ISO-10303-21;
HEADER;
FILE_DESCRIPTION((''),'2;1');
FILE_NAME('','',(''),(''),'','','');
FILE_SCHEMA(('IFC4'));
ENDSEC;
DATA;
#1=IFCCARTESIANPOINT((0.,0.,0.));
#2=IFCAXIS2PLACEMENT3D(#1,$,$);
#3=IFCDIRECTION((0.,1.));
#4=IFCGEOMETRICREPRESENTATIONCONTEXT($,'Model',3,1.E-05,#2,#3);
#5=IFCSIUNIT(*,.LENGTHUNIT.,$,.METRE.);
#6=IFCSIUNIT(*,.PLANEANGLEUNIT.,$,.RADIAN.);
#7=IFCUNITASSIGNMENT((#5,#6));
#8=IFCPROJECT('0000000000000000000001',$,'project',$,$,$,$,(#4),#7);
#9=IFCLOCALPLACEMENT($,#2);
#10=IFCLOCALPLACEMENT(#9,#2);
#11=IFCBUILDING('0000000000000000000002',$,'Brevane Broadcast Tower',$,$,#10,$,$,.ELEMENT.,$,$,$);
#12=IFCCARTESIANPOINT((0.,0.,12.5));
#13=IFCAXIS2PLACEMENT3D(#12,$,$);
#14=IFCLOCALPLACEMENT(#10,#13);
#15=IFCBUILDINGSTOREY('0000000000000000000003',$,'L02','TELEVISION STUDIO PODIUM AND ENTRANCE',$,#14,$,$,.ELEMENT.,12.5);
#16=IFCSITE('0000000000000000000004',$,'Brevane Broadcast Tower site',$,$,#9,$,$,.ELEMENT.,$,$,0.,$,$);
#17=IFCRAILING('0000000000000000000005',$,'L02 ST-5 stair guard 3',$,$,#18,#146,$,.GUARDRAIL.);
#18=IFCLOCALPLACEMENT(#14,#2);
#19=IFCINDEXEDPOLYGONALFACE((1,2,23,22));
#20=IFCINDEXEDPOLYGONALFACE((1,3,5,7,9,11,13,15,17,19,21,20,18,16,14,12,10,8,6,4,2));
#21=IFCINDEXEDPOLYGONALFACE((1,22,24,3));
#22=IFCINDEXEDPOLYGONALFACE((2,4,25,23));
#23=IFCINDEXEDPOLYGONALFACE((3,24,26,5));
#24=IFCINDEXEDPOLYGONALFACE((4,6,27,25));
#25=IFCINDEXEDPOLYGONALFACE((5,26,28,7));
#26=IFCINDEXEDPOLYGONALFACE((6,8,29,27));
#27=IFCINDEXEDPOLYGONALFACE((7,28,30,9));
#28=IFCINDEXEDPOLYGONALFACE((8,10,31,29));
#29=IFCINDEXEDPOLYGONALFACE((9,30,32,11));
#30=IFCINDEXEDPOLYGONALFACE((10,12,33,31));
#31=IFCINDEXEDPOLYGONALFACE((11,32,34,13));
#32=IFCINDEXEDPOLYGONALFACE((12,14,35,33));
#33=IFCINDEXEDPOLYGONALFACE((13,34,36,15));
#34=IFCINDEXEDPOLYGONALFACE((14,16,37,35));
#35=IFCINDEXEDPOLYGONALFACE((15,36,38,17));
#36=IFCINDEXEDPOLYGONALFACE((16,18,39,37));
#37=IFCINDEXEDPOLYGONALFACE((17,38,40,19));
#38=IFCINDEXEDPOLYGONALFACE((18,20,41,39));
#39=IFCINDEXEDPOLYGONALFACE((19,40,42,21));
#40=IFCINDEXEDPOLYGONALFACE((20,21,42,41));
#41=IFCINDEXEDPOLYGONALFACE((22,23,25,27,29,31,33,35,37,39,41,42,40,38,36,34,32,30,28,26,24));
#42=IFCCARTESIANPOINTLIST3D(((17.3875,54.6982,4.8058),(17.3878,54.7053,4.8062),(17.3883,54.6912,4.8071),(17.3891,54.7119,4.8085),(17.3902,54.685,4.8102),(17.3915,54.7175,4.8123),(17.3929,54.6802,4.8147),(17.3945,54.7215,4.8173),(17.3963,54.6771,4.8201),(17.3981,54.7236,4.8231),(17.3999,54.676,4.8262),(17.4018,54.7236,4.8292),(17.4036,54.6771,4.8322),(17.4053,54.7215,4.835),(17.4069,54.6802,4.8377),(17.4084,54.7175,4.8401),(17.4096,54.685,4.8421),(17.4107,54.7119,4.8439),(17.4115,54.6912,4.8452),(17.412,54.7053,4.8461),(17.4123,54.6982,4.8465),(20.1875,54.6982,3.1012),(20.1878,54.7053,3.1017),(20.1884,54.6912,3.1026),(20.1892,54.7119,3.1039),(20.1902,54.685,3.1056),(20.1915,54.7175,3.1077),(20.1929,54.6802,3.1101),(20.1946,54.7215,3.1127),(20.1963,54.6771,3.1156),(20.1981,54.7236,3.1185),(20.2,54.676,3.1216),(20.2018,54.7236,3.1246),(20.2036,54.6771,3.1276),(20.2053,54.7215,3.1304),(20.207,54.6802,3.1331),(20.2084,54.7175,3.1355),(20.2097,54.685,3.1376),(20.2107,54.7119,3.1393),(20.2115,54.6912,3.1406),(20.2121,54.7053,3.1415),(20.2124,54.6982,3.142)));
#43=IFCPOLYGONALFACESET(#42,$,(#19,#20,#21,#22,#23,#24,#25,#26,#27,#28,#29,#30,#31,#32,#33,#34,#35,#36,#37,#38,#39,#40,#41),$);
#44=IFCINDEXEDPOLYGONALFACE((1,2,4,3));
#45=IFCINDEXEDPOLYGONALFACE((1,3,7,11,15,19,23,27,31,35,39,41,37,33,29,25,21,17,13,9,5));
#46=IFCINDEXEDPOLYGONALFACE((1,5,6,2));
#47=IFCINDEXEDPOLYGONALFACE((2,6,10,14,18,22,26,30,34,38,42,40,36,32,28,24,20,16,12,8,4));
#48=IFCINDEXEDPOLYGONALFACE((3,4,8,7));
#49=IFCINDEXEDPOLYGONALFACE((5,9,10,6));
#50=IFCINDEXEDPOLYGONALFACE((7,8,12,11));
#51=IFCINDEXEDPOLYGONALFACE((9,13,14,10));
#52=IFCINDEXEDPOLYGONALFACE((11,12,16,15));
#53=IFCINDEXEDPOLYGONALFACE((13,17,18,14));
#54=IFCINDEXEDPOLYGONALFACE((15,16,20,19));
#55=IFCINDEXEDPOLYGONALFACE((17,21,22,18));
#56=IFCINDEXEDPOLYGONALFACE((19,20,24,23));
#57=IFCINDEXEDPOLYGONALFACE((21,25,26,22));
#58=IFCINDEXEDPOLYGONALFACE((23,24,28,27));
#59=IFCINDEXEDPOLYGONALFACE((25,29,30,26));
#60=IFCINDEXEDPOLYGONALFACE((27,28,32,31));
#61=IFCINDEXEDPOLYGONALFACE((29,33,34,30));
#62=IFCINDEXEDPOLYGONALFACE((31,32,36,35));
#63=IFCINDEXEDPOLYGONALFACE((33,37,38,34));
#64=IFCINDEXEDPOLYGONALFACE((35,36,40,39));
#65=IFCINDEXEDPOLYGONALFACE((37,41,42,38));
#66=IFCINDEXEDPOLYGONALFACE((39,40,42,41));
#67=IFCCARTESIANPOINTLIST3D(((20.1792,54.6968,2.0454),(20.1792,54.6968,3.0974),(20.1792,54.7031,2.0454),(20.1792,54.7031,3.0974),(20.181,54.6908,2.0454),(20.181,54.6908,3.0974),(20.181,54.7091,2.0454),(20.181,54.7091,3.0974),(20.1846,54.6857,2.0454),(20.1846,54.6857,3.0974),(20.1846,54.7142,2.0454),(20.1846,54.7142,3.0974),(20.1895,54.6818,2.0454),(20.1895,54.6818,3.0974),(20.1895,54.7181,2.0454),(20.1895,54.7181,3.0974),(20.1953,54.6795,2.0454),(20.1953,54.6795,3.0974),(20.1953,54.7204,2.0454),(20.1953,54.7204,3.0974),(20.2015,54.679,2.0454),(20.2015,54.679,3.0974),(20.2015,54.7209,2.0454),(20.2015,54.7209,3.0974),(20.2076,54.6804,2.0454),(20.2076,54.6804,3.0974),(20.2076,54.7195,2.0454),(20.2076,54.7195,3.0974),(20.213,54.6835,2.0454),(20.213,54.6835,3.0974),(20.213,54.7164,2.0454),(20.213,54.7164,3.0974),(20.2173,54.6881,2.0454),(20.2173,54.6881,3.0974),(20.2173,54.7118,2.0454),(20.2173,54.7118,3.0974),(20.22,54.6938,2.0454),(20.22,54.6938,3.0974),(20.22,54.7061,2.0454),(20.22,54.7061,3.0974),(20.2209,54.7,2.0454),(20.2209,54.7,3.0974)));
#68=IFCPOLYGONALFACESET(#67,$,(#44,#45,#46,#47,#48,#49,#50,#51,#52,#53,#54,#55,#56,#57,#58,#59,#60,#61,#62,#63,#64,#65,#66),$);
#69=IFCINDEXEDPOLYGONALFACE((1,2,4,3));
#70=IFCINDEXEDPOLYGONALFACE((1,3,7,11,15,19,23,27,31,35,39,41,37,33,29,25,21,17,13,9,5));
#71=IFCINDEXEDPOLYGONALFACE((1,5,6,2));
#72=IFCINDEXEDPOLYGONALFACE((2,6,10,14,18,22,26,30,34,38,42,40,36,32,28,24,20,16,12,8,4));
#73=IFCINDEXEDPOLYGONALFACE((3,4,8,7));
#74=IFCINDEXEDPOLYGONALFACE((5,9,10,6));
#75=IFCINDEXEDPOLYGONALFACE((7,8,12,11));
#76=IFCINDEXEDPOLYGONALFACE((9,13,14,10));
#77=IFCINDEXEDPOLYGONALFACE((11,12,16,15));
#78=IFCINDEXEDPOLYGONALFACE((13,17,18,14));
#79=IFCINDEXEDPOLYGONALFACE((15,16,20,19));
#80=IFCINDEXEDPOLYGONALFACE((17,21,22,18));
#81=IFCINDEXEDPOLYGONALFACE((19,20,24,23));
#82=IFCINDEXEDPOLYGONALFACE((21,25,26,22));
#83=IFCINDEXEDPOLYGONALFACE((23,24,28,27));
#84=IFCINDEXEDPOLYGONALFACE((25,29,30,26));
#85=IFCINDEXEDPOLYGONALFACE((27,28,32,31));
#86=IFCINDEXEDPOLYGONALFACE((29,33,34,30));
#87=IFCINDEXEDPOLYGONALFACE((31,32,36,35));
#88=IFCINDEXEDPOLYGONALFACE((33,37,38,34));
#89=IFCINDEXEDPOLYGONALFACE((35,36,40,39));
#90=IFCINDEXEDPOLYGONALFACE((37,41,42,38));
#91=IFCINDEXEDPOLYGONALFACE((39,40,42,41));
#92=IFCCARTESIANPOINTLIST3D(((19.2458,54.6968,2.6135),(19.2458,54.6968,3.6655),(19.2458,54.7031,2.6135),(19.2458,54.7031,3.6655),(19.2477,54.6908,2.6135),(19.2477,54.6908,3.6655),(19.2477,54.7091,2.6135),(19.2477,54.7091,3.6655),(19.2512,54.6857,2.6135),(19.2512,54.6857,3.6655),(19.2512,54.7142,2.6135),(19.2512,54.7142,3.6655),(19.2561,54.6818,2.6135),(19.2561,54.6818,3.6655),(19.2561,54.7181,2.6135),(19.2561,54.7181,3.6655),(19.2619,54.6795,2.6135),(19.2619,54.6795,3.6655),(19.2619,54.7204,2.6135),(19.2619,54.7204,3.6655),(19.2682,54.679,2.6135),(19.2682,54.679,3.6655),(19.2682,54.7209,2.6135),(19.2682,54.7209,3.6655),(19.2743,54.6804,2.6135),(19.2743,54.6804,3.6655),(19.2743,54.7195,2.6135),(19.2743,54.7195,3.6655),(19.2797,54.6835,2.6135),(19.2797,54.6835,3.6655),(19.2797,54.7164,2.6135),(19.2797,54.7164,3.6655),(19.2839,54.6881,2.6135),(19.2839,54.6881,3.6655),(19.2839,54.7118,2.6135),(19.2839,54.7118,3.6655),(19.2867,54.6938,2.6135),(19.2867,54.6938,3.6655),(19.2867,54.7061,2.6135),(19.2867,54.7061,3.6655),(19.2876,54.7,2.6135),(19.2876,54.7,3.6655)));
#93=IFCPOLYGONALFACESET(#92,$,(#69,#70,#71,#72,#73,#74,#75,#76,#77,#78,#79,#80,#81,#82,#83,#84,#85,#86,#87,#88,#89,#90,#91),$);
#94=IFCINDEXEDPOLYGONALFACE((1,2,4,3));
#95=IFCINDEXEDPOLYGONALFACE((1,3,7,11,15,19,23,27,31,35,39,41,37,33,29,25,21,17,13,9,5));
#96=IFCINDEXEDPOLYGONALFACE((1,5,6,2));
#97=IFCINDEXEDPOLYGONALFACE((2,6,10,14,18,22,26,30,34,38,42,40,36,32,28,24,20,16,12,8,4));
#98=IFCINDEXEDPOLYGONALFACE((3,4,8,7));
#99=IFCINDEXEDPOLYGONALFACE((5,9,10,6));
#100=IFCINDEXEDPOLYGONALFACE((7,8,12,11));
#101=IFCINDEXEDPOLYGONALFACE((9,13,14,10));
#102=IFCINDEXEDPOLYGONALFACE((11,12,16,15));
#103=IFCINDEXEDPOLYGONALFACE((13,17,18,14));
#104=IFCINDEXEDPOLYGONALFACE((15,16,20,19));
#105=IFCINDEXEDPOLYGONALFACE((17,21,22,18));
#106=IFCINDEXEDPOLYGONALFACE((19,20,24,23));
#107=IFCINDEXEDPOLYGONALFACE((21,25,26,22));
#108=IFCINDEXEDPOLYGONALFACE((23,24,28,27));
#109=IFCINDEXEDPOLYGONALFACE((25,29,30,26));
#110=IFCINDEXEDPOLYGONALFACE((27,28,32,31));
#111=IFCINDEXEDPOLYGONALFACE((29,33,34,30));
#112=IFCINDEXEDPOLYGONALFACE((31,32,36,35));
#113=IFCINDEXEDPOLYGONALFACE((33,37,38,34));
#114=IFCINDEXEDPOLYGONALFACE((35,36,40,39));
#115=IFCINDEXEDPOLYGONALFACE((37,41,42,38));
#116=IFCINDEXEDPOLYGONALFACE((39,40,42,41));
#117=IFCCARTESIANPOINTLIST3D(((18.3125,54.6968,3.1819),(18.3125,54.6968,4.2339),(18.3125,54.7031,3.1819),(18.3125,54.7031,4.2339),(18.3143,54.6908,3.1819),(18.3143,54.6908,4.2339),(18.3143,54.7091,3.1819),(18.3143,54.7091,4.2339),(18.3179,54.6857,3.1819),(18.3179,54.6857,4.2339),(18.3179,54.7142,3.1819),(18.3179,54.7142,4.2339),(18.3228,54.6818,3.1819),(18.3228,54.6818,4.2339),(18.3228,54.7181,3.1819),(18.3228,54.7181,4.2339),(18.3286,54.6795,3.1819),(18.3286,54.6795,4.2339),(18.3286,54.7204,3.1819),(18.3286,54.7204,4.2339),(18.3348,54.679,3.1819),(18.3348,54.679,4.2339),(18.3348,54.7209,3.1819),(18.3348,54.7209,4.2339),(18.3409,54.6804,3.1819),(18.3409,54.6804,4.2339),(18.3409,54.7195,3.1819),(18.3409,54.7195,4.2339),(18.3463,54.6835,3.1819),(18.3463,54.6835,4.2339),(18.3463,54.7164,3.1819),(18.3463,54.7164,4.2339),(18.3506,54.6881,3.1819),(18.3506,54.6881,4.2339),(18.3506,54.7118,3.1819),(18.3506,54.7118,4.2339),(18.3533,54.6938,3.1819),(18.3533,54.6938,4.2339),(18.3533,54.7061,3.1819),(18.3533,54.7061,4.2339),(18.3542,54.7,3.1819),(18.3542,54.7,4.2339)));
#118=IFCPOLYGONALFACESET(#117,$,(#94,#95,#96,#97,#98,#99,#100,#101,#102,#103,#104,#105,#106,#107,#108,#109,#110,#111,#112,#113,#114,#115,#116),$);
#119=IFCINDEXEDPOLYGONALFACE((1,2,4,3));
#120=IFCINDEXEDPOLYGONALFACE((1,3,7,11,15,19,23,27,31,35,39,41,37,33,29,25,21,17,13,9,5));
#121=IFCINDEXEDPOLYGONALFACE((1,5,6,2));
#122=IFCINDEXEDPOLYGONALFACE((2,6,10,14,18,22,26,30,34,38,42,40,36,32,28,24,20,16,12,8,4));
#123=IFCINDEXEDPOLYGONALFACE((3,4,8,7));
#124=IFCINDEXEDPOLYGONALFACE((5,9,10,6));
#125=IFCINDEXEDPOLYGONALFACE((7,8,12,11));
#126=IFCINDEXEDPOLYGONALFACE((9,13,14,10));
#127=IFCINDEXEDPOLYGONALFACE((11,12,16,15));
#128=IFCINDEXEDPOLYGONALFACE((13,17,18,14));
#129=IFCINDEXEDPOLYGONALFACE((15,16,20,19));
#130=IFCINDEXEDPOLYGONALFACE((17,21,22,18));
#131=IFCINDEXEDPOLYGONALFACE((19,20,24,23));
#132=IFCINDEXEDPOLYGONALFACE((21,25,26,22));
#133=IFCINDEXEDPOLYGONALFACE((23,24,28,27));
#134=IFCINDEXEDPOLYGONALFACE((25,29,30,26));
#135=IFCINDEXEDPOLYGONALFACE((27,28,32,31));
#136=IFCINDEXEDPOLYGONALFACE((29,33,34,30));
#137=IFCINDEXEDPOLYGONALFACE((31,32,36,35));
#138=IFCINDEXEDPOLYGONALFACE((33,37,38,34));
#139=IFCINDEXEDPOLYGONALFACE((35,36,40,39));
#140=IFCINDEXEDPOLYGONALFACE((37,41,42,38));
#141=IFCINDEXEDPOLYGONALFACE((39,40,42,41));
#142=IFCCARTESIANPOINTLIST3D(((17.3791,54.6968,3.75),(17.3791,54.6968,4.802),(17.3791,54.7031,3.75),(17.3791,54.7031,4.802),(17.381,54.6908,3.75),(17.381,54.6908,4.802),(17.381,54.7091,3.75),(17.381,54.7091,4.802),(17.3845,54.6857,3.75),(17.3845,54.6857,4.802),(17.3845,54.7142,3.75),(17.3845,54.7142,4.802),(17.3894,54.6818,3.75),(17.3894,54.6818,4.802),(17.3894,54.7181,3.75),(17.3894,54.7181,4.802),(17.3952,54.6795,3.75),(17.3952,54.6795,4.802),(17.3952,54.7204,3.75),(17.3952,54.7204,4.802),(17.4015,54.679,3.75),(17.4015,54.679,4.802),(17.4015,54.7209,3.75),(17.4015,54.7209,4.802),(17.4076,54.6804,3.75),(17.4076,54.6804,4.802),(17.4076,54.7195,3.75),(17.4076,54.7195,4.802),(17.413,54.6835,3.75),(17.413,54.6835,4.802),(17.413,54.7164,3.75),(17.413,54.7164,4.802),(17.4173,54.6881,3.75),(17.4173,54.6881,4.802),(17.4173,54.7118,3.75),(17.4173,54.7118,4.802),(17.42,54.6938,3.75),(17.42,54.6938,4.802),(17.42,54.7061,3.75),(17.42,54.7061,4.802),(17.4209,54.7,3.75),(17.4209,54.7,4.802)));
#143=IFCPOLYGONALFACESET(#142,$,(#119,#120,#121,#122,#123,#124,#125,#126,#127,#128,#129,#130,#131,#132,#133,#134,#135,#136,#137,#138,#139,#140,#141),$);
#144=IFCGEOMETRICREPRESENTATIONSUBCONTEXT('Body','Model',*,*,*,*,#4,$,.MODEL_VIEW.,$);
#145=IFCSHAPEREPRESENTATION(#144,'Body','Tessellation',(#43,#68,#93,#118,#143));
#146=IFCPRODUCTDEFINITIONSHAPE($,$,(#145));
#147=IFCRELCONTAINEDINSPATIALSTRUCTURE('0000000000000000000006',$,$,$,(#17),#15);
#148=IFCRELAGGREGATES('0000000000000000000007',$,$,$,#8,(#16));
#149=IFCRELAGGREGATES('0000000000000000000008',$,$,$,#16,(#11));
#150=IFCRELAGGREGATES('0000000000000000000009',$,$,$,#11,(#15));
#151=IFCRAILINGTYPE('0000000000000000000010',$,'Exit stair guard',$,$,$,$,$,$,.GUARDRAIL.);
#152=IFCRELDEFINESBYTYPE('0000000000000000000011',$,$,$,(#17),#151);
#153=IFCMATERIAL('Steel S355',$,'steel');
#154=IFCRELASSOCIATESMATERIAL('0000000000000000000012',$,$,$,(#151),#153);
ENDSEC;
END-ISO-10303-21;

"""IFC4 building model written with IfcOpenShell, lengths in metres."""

from ifc_helpers import new_model, si_unit, direction, frame, origin, origin_2d, place, context, subcontext, project, spatial, circle, extrude, material, type_object, element, save


model = new_model("IFC4")

# Units and contexts
model_context = context("Model", 3, precision=1e-05, world=origin(), true_north=direction((0.0, 1.0)))
body_context = subcontext(model_context, "Body", "Model", "MODEL_VIEW")
ifc_project = project(units=[si_unit("LENGTHUNIT", "METRE"), si_unit("PLANEANGLEUNIT", "RADIAN")], contexts=[model_context])

# Site, building, storey
site_placement = place(None, origin())
site = spatial("IfcSite", under=ifc_project, at=site_placement, Name="Brevane Broadcast Tower site", CompositionType="ELEMENT", RefElevation=0.0)
building_placement = place(site_placement, origin())
building = spatial("IfcBuilding", under=site, at=building_placement, Name="Brevane Broadcast Tower", CompositionType="ELEMENT")
storey_placement = place(building_placement, frame((0.0, 0.0, 12.5)))
storey = spatial("IfcBuildingStorey", under=building, at=storey_placement, Name="L02", Description="TELEVISION STUDIO PODIUM AND ENTRANCE", CompositionType="ELEMENT", Elevation=12.5)

# Railing
ifc_material_1 = material(Name="Steel S355", Category="steel")
railing_type_1 = type_object("IfcRailingType", Name="Exit stair guard", PredefinedType="GUARDRAIL", material=ifc_material_1)
railing_1_placement = place(storey_placement, frame((20.2, 54.7, 2.0454)))
element("IfcRailing", 1, at=railing_1_placement, inside=storey, type_object=railing_type_1, Name="L02 ST-5 stair guard 3", PredefinedType="GUARDRAIL", context=body_context, shape_type="SweptSolid", body=[
    extrude(circle(Radius=0.0239, at=origin_2d()), frame((0.0, 0.0, 1.0762), z_axis=(-0.85417, 0.0, 0.519994), x_axis=(0.0, -1.0, 0.0)), (0.0, 0.0, 1.0), 3.2781),
    extrude(circle(Radius=0.021, at=origin_2d()), origin(), (0.0, 0.0, 1.0), 1.052),
    extrude(circle(Radius=0.021, at=origin_2d()), frame((-0.9333, 0.0, 0.5681)), (0.0, 0.0, 1.0), 1.052),
    extrude(circle(Radius=0.021, at=origin_2d()), frame((-1.8667, 0.0, 1.1365)), (0.0, 0.0, 1.0), 1.052),
    extrude(circle(Radius=0.021, at=origin_2d()), frame((-2.8, 0.0, 1.7046)), (0.0, 0.0, 1.0), 1.052),
])

save(model, "model.ifc")
